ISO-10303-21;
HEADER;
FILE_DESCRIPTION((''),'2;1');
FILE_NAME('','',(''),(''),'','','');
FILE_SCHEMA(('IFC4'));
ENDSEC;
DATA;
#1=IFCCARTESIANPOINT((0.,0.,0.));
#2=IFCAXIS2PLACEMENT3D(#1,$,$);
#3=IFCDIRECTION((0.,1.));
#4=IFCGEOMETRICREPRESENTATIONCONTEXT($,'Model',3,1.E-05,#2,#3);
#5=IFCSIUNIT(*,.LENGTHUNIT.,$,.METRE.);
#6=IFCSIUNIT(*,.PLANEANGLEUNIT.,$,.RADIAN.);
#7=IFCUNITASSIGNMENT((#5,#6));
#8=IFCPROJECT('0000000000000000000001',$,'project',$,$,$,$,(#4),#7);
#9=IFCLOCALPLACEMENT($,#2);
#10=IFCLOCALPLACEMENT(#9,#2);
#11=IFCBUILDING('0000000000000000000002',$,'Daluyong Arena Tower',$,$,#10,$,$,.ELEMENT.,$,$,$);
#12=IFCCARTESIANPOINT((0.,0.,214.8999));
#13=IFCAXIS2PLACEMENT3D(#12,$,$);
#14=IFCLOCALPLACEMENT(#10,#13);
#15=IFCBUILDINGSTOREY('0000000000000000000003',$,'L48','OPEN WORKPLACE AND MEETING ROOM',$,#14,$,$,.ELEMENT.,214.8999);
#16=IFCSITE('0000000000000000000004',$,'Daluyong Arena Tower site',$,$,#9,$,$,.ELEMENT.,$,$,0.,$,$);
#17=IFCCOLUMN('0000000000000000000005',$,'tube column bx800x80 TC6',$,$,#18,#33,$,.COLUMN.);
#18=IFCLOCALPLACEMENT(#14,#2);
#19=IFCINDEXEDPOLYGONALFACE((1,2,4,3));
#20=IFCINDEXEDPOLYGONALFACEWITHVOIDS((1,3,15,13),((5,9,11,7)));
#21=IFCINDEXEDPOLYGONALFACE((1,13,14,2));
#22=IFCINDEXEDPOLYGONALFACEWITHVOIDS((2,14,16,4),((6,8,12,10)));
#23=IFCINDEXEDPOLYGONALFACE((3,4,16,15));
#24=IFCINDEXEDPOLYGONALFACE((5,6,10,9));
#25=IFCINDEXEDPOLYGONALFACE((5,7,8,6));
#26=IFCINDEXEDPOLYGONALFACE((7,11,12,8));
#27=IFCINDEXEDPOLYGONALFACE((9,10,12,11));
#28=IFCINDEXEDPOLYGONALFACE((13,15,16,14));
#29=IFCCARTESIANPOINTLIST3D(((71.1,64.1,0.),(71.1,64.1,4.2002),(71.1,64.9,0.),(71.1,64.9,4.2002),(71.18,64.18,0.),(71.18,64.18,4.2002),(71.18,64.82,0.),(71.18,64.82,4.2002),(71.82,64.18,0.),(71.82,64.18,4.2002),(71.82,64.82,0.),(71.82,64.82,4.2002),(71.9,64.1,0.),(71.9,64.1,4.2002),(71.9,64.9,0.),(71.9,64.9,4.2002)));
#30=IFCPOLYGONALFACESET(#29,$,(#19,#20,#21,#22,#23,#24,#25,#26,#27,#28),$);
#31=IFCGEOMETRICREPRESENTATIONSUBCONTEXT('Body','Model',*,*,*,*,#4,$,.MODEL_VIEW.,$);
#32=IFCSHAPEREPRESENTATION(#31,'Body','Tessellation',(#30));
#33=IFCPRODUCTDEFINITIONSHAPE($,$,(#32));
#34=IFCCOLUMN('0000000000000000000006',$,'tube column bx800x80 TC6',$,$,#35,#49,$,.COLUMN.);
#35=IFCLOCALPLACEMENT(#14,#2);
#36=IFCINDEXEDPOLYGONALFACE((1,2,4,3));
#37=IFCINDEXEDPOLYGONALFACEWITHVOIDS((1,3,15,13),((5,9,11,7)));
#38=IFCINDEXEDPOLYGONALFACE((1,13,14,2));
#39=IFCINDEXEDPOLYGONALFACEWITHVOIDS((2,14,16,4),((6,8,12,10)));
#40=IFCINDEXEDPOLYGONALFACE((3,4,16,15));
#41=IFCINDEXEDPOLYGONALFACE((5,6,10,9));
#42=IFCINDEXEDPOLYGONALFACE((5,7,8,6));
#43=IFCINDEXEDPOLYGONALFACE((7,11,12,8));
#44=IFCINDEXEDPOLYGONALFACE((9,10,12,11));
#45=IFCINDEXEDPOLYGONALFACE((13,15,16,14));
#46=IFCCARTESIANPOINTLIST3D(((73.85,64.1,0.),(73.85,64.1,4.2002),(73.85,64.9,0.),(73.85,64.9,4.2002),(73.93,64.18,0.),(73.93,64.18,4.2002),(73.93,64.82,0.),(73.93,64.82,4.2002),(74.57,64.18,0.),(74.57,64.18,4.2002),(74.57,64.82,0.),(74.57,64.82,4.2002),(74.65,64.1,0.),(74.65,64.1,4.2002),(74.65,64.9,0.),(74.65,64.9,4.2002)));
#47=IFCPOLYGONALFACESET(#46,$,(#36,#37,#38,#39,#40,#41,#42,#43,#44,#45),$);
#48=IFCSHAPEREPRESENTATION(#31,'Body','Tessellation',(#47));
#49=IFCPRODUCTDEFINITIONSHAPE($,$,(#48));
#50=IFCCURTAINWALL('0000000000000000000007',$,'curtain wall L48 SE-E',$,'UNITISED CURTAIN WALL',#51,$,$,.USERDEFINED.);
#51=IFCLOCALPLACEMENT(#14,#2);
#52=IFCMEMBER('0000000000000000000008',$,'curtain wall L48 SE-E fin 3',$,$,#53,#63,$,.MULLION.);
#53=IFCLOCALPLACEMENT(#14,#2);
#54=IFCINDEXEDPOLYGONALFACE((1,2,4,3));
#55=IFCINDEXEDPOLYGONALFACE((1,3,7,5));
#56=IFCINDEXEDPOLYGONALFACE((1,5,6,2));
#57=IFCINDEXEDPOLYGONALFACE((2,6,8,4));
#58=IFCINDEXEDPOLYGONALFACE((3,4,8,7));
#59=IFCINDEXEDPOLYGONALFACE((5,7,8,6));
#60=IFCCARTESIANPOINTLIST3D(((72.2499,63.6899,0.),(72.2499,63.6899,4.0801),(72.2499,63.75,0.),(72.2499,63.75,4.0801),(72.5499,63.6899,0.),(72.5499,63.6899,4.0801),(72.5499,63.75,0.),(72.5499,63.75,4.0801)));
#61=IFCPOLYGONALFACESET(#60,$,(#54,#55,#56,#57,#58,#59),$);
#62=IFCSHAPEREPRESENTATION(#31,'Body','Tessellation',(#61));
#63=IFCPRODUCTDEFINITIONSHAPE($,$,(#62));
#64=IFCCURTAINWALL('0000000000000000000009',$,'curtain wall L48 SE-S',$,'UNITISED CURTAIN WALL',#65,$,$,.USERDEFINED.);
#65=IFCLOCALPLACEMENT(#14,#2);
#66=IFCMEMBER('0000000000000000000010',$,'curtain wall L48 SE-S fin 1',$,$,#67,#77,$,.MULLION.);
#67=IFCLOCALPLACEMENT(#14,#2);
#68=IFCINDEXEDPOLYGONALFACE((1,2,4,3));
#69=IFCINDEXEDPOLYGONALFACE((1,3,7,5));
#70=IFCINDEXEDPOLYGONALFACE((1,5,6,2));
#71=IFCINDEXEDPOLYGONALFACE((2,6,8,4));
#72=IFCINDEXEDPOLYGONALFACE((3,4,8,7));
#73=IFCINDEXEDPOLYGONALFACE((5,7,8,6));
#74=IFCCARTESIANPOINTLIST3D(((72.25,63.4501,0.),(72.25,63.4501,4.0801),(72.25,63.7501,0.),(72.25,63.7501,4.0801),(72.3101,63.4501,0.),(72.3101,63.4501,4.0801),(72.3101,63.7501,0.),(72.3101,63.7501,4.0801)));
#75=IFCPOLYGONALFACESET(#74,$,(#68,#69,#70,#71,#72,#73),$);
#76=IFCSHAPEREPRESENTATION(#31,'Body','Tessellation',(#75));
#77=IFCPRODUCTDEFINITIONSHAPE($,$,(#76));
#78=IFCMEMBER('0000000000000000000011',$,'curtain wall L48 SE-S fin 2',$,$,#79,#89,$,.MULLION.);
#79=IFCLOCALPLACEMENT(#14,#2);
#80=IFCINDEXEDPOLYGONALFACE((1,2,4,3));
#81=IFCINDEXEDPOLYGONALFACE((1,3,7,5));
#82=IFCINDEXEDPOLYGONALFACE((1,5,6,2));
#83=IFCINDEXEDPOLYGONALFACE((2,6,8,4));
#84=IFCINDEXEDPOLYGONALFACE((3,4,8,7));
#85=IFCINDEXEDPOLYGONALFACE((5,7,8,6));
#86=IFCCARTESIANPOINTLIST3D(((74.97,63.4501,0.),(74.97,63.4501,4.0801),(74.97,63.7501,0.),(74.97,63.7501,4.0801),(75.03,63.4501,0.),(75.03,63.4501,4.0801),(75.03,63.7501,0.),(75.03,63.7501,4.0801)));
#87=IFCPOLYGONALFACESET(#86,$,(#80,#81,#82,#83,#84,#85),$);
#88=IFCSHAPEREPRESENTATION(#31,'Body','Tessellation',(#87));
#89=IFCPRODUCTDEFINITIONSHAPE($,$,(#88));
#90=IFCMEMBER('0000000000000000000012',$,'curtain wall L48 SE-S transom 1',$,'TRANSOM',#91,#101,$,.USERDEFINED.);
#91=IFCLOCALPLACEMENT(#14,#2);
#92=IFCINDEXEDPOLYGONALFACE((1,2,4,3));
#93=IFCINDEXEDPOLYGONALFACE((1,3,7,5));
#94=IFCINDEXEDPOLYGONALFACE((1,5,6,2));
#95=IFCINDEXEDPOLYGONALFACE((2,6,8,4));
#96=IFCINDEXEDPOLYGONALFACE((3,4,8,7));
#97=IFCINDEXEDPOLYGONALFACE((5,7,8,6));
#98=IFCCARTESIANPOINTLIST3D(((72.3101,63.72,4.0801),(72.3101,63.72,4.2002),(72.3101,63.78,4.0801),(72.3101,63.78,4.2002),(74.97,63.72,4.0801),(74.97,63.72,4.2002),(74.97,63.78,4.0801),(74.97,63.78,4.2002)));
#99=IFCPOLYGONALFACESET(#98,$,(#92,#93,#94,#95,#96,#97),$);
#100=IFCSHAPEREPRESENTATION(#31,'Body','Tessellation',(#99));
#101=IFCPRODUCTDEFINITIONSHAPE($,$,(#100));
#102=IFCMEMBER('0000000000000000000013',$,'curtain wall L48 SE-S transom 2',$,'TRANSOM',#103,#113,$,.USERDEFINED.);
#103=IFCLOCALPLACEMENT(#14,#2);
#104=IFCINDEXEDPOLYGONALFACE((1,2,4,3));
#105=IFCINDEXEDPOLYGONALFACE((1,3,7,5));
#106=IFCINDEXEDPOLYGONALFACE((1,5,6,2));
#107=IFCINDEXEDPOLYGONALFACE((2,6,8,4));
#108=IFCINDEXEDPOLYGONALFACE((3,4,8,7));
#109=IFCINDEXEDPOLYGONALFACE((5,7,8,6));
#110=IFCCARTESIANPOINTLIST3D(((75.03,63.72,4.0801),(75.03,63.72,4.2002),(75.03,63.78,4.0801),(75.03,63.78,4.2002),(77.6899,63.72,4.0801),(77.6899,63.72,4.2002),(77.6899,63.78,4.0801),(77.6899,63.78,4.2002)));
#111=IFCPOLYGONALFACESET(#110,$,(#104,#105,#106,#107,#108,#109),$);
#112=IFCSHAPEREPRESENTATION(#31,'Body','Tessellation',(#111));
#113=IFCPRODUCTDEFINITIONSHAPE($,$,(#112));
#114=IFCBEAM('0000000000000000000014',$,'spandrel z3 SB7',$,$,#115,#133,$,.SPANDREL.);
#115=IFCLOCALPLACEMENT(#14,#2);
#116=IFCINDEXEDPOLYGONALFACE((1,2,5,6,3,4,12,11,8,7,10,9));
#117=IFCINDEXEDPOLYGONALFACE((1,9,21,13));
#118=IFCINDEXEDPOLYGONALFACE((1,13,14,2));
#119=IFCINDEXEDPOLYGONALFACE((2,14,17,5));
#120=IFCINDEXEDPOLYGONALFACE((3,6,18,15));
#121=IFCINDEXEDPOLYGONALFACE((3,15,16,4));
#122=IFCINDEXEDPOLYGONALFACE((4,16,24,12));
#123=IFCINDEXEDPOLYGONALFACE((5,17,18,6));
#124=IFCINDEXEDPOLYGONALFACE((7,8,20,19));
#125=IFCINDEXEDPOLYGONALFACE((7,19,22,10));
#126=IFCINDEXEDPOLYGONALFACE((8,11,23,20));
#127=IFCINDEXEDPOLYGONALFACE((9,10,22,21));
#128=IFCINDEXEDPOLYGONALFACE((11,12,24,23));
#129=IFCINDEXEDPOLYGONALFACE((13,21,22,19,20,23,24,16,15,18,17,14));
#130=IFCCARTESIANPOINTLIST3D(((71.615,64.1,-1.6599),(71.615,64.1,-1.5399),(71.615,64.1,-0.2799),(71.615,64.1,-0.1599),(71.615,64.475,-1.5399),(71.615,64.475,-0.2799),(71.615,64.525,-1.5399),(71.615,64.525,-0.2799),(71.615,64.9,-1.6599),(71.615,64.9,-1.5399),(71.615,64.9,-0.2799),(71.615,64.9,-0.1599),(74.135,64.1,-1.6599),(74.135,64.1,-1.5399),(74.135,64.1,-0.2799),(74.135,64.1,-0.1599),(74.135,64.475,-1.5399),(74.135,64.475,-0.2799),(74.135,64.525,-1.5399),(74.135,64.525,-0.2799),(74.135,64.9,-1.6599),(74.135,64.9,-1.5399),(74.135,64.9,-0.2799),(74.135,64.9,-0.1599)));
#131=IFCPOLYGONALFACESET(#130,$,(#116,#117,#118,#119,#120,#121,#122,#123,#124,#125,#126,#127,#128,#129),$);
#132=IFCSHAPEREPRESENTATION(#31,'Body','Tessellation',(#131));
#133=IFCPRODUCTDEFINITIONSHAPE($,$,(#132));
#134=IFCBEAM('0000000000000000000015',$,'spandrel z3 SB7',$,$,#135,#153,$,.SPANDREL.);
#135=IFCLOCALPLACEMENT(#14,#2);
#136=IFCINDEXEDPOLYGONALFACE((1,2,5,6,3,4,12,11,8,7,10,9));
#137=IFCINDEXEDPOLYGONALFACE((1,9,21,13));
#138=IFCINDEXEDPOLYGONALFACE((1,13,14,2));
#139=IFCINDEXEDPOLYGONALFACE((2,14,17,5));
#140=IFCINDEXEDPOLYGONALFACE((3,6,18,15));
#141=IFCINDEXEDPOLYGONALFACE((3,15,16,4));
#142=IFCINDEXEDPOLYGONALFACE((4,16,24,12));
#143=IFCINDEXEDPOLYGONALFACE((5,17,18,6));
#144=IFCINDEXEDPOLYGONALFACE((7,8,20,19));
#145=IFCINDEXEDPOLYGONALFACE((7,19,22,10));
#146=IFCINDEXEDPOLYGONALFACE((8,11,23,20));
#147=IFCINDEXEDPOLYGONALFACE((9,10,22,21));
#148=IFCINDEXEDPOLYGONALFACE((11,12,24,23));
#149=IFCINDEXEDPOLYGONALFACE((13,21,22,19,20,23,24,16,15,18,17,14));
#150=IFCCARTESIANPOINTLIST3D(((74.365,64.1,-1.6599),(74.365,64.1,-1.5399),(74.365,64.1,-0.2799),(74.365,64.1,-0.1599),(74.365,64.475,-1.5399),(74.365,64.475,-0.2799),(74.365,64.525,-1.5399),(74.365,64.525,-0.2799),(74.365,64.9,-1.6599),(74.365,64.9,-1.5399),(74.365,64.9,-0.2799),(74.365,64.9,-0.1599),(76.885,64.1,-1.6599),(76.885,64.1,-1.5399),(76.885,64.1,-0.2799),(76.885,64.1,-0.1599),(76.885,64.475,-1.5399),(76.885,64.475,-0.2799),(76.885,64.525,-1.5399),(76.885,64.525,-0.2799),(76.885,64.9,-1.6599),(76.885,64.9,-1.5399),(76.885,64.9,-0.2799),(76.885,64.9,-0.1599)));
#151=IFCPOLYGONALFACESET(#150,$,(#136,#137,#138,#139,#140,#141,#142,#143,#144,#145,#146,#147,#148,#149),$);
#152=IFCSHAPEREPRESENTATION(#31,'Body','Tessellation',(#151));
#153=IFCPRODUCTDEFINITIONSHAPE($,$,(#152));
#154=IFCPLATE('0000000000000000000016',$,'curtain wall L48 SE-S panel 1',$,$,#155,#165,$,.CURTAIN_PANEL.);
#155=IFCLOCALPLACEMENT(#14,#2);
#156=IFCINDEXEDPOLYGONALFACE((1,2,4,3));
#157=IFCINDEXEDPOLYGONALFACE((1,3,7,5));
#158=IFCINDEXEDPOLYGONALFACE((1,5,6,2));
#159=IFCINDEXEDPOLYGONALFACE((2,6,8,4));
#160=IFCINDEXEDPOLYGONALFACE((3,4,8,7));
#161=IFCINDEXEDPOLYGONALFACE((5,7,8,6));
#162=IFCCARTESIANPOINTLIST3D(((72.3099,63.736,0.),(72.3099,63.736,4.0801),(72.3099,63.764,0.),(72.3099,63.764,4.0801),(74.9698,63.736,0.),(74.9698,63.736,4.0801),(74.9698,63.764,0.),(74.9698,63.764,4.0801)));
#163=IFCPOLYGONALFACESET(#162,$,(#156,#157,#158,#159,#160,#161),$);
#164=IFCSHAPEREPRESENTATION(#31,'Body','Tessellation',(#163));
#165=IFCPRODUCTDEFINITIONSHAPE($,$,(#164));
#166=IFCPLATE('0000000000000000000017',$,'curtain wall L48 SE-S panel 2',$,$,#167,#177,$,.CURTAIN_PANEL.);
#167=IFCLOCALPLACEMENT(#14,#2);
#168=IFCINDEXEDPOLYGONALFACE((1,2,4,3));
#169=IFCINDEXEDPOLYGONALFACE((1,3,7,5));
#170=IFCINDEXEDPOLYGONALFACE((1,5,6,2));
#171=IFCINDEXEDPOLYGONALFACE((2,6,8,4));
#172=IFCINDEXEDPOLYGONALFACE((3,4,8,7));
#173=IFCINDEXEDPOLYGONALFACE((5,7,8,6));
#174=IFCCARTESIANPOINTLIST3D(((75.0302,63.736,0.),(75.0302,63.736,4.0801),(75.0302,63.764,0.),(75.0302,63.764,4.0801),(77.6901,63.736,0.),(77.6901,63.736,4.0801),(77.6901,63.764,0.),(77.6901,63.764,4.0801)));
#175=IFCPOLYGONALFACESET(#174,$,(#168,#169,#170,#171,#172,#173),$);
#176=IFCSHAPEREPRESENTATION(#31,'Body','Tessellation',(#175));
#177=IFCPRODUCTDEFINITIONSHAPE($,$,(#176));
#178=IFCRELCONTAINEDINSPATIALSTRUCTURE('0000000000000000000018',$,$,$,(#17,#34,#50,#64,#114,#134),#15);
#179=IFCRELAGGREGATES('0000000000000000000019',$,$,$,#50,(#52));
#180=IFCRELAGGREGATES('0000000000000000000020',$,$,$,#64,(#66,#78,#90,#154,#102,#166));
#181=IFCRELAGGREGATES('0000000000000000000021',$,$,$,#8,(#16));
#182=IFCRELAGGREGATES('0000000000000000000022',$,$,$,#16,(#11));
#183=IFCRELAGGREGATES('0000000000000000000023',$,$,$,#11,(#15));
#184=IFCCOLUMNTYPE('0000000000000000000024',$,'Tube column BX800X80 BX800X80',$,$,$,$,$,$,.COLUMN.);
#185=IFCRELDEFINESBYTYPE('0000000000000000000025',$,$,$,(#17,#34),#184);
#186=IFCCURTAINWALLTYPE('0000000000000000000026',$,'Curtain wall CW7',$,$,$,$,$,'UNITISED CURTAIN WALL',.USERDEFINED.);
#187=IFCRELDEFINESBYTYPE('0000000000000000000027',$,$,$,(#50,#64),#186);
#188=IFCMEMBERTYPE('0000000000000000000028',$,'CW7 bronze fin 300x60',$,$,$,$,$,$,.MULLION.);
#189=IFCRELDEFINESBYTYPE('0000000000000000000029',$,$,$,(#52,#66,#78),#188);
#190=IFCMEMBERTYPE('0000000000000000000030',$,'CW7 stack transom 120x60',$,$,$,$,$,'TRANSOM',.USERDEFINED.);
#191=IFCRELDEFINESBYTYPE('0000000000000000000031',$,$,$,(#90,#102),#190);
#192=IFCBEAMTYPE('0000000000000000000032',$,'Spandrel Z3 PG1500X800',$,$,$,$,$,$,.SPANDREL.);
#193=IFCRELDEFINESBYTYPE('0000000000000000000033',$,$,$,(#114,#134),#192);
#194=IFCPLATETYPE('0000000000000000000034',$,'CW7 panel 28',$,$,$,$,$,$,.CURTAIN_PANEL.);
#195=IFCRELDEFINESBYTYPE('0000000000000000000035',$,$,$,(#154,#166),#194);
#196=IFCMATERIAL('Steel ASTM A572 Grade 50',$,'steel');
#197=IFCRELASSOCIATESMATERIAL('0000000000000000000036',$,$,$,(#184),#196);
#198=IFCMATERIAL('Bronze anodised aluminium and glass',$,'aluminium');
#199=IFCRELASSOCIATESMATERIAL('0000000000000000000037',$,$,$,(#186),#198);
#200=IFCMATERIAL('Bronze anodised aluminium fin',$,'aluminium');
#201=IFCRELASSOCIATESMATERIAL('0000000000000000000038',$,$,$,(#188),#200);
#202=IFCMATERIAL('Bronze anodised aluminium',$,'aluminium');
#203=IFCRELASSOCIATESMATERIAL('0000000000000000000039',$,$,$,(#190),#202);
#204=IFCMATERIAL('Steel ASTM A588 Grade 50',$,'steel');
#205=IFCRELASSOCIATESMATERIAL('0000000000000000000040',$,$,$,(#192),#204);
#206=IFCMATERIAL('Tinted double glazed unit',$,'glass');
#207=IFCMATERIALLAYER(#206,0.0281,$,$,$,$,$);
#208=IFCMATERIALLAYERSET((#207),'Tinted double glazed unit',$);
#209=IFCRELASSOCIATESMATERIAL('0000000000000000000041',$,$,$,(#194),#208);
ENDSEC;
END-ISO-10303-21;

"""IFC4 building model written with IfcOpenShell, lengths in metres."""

from ifc_helpers import new_model, si_unit, direction, frame, origin, origin_2d, place, context, subcontext, project, spatial, rectangle, hollow_rectangle, i_section, extrude, material, layer, layer_set, material_profile, profile_set, type_object, element, aggregate, save


model = new_model("IFC4")

# Units and contexts
model_context = context("Model", 3, precision=1e-05, world=origin(), true_north=direction((0.0, 1.0)))
body_context = subcontext(model_context, "Body", "Model", "MODEL_VIEW")
ifc_project = project(units=[si_unit("LENGTHUNIT", "METRE"), si_unit("PLANEANGLEUNIT", "RADIAN")], contexts=[model_context])

# Site, building, storey
site_placement = place(None, origin())
site = spatial("IfcSite", under=ifc_project, at=site_placement, Name="Daluyong Arena Tower site", CompositionType="ELEMENT", RefElevation=0.0)
building_placement = place(site_placement, origin())
building = spatial("IfcBuilding", under=site, at=building_placement, Name="Daluyong Arena Tower", CompositionType="ELEMENT")
storey_placement = place(building_placement, frame((0.0, 0.0, 214.8999)))
storey = spatial("IfcBuildingStorey", under=building, at=storey_placement, Name="L48", Description="OPEN WORKPLACE AND MEETING ROOM", CompositionType="ELEMENT", Elevation=214.8999)

# Columns
ifc_material_1 = material(Name="Steel ASTM A572 Grade 50", Category="steel")
ifc_material_profile_1 = material_profile(ifc_material_1, hollow_rectangle(XDim=0.8, YDim=0.8, WallThickness=0.08, at=origin_2d()))
ifc_profile_set_1 = profile_set([ifc_material_profile_1], Name="Steel ASTM A572 Grade 50")
column_type = type_object("IfcColumnType", Name="Tube column BX800X80 BX800X80", PredefinedType="COLUMN", material=ifc_profile_set_1)
for number, where, z_axis, x_axis, name in (
    (1, (71.5, 64.5, 0.0), (0.0, 0.0, 1.0), (1.0, 0.0, 0.0), "tube column bx800x80 TC6"),
    (2, (74.25, 64.5, 0.0), (0.0, 0.0, 1.0), (1.0, 0.0, 0.0), "tube column bx800x80 TC6"),
):
    element("IfcColumn", number, at=place(storey_placement, frame(where, z_axis=z_axis, x_axis=x_axis)), inside=storey, type_object=column_type, Name=name, PredefinedType="COLUMN", context=body_context, shape_type="SweptSolid", body=[
        extrude(hollow_rectangle(XDim=0.8, YDim=0.8, WallThickness=0.08, at=origin_2d()), origin(), (0.0, 0.0, 1.0), 4.2002),
    ])

# Curtain wall, member
ifc_material_2 = material(Name="Bronze anodised aluminium and glass", Category="aluminium")
curtain_wall_type = type_object("IfcCurtainWallType", Name="Curtain wall CW7", ElementType="UNITISED CURTAIN WALL", PredefinedType="USERDEFINED", material=ifc_material_2)
curtain_wall_1_placement = place(storey_placement, origin())
curtain_wall_1 = element("IfcCurtainWall", 3, at=curtain_wall_1_placement, inside=storey, type_object=curtain_wall_type, Name="curtain wall L48 SE-E", ObjectType="UNITISED CURTAIN WALL", PredefinedType="USERDEFINED")
ifc_material_3 = material(Name="Bronze anodised aluminium fin", Category="aluminium")
ifc_material_profile_2 = material_profile(ifc_material_3, rectangle(XDim=0.3, YDim=0.0601, at=origin_2d()))
ifc_profile_set_2 = profile_set([ifc_material_profile_2], Name="Bronze anodised aluminium fin")
member_type_1 = type_object("IfcMemberType", Name="CW7 bronze fin 300x60", PredefinedType="MULLION", material=ifc_profile_set_2)
member_1_placement = place(storey_placement, frame((72.3999, 63.72, 0.0), z_axis=(0.0, 0.0, 1.0), x_axis=(-1.0, 0.0, 0.0)))
member_1 = element("IfcMember", 4, at=member_1_placement, type_object=member_type_1, Name="curtain wall L48 SE-E fin 3", PredefinedType="MULLION", context=body_context, shape_type="SweptSolid", body=[
    extrude(rectangle(XDim=0.3, YDim=0.0601, at=origin_2d()), origin(), (0.0, 0.0, 1.0), 4.0801),
])
aggregate(curtain_wall_1, [member_1])

# Curtain wall, members
curtain_wall_2_placement = place(storey_placement, origin())
curtain_wall_2 = element("IfcCurtainWall", 5, at=curtain_wall_2_placement, inside=storey, type_object=curtain_wall_type, Name="curtain wall L48 SE-S", ObjectType="UNITISED CURTAIN WALL", PredefinedType="USERDEFINED")
member_2_placement = place(storey_placement, frame((72.28, 63.6001, 0.0), z_axis=(0.0, 0.0, 1.0), x_axis=(0.0, 1.0, 0.0)))
member_2 = element("IfcMember", 6, at=member_2_placement, type_object=member_type_1, Name="curtain wall L48 SE-S fin 1", PredefinedType="MULLION", context=body_context, shape_type="SweptSolid", body=[
    extrude(rectangle(XDim=0.3, YDim=0.0601, at=origin_2d()), origin(), (0.0, 0.0, 1.0), 4.0801),
])
member_3_placement = place(storey_placement, frame((75.0, 63.6001, 0.0), z_axis=(0.0, 0.0, 1.0), x_axis=(0.0, 1.0, 0.0)))
member_3 = element("IfcMember", 7, at=member_3_placement, type_object=member_type_1, Name="curtain wall L48 SE-S fin 2", PredefinedType="MULLION", context=body_context, shape_type="SweptSolid", body=[
    extrude(rectangle(XDim=0.3, YDim=0.0601, at=origin_2d()), origin(), (0.0, 0.0, 1.0), 4.0801),
])
ifc_material_4 = material(Name="Bronze anodised aluminium", Category="aluminium")
ifc_material_profile_3 = material_profile(ifc_material_4, rectangle(XDim=0.0601, YDim=0.1201, at=origin_2d()))
ifc_profile_set_3 = profile_set([ifc_material_profile_3], Name="Bronze anodised aluminium")
member_type_2 = type_object("IfcMemberType", Name="CW7 stack transom 120x60", ElementType="TRANSOM", PredefinedType="USERDEFINED", material=ifc_profile_set_3)
member_4_placement = place(storey_placement, frame((72.3101, 63.75, 4.1401), z_axis=(1.0, 0.0, 0.0), x_axis=(0.0, 1.0, 0.0)))
member_4 = element("IfcMember", 8, at=member_4_placement, type_object=member_type_2, Name="curtain wall L48 SE-S transom 1", ObjectType="TRANSOM", PredefinedType="USERDEFINED", context=body_context, shape_type="SweptSolid", body=[
    extrude(rectangle(XDim=0.0601, YDim=0.1201, at=origin_2d()), origin(), (0.0, 0.0, 1.0), 2.6599),
])
member_5_placement = place(storey_placement, frame((75.03, 63.75, 4.1401), z_axis=(1.0, 0.0, 0.0), x_axis=(0.0, 1.0, 0.0)))
member_5 = element("IfcMember", 9, at=member_5_placement, type_object=member_type_2, Name="curtain wall L48 SE-S transom 2", ObjectType="TRANSOM", PredefinedType="USERDEFINED", context=body_context, shape_type="SweptSolid", body=[
    extrude(rectangle(XDim=0.0601, YDim=0.1201, at=origin_2d()), origin(), (0.0, 0.0, 1.0), 2.6599),
])

# Beams
ifc_material_5 = material(Name="Steel ASTM A588 Grade 50", Category="steel")
ifc_material_profile_4 = material_profile(ifc_material_5, i_section(OverallWidth=0.8, OverallDepth=1.5, WebThickness=0.05, FlangeThickness=0.12, at=origin_2d()))
ifc_profile_set_4 = profile_set([ifc_material_profile_4], Name="Steel ASTM A588 Grade 50")
beam_type = type_object("IfcBeamType", Name="Spandrel Z3 PG1500X800", PredefinedType="SPANDREL", material=ifc_profile_set_4)
for number, where, z_axis, x_axis, name in (
    (10, (71.615, 64.5, -0.9099), (1.0, 0.0, 0.0), (0.0, 1.0, 0.0), "spandrel z3 SB7"),
    (11, (74.365, 64.5, -0.9099), (1.0, 0.0, 0.0), (0.0, 1.0, 0.0), "spandrel z3 SB7"),
):
    element("IfcBeam", number, at=place(storey_placement, frame(where, z_axis=z_axis, x_axis=x_axis)), inside=storey, type_object=beam_type, Name=name, PredefinedType="SPANDREL", context=body_context, shape_type="SweptSolid", body=[
        extrude(i_section(OverallWidth=0.8, OverallDepth=1.5, WebThickness=0.05, FlangeThickness=0.12, at=origin_2d()), origin(), (0.0, 0.0, 1.0), 2.52),
    ])

# Plates
ifc_material_6 = material(Name="Tinted double glazed unit", Category="glass")
ifc_layer_1 = layer(ifc_material_6, 0.0281)
ifc_layer_set_1 = layer_set([ifc_layer_1], Name="Tinted double glazed unit")
plate_type = type_object("IfcPlateType", Name="CW7 panel 28", PredefinedType="CURTAIN_PANEL", material=ifc_layer_set_1)
plate_1_placement = place(storey_placement, frame((73.6399, 63.75, 0.0), z_axis=(0.0, 0.0, 1.0), x_axis=(1.0, 0.0, 0.0)))
plate_1 = element("IfcPlate", 12, at=plate_1_placement, type_object=plate_type, Name="curtain wall L48 SE-S panel 1", PredefinedType="CURTAIN_PANEL", context=body_context, shape_type="SweptSolid", body=[
    extrude(rectangle(XDim=2.6599, YDim=0.0281, at=origin_2d()), origin(), (0.0, 0.0, 1.0), 4.0801),
])
plate_2_placement = place(storey_placement, frame((76.3601, 63.75, 0.0), z_axis=(0.0, 0.0, 1.0), x_axis=(1.0, 0.0, 0.0)))
plate_2 = element("IfcPlate", 13, at=plate_2_placement, type_object=plate_type, Name="curtain wall L48 SE-S panel 2", PredefinedType="CURTAIN_PANEL", context=body_context, shape_type="SweptSolid", body=[
    extrude(rectangle(XDim=2.6599, YDim=0.0281, at=origin_2d()), origin(), (0.0, 0.0, 1.0), 4.0801),
])
aggregate(curtain_wall_2, [member_2, member_3, member_4, plate_1, member_5, plate_2])

save(model, "model.ifc")
